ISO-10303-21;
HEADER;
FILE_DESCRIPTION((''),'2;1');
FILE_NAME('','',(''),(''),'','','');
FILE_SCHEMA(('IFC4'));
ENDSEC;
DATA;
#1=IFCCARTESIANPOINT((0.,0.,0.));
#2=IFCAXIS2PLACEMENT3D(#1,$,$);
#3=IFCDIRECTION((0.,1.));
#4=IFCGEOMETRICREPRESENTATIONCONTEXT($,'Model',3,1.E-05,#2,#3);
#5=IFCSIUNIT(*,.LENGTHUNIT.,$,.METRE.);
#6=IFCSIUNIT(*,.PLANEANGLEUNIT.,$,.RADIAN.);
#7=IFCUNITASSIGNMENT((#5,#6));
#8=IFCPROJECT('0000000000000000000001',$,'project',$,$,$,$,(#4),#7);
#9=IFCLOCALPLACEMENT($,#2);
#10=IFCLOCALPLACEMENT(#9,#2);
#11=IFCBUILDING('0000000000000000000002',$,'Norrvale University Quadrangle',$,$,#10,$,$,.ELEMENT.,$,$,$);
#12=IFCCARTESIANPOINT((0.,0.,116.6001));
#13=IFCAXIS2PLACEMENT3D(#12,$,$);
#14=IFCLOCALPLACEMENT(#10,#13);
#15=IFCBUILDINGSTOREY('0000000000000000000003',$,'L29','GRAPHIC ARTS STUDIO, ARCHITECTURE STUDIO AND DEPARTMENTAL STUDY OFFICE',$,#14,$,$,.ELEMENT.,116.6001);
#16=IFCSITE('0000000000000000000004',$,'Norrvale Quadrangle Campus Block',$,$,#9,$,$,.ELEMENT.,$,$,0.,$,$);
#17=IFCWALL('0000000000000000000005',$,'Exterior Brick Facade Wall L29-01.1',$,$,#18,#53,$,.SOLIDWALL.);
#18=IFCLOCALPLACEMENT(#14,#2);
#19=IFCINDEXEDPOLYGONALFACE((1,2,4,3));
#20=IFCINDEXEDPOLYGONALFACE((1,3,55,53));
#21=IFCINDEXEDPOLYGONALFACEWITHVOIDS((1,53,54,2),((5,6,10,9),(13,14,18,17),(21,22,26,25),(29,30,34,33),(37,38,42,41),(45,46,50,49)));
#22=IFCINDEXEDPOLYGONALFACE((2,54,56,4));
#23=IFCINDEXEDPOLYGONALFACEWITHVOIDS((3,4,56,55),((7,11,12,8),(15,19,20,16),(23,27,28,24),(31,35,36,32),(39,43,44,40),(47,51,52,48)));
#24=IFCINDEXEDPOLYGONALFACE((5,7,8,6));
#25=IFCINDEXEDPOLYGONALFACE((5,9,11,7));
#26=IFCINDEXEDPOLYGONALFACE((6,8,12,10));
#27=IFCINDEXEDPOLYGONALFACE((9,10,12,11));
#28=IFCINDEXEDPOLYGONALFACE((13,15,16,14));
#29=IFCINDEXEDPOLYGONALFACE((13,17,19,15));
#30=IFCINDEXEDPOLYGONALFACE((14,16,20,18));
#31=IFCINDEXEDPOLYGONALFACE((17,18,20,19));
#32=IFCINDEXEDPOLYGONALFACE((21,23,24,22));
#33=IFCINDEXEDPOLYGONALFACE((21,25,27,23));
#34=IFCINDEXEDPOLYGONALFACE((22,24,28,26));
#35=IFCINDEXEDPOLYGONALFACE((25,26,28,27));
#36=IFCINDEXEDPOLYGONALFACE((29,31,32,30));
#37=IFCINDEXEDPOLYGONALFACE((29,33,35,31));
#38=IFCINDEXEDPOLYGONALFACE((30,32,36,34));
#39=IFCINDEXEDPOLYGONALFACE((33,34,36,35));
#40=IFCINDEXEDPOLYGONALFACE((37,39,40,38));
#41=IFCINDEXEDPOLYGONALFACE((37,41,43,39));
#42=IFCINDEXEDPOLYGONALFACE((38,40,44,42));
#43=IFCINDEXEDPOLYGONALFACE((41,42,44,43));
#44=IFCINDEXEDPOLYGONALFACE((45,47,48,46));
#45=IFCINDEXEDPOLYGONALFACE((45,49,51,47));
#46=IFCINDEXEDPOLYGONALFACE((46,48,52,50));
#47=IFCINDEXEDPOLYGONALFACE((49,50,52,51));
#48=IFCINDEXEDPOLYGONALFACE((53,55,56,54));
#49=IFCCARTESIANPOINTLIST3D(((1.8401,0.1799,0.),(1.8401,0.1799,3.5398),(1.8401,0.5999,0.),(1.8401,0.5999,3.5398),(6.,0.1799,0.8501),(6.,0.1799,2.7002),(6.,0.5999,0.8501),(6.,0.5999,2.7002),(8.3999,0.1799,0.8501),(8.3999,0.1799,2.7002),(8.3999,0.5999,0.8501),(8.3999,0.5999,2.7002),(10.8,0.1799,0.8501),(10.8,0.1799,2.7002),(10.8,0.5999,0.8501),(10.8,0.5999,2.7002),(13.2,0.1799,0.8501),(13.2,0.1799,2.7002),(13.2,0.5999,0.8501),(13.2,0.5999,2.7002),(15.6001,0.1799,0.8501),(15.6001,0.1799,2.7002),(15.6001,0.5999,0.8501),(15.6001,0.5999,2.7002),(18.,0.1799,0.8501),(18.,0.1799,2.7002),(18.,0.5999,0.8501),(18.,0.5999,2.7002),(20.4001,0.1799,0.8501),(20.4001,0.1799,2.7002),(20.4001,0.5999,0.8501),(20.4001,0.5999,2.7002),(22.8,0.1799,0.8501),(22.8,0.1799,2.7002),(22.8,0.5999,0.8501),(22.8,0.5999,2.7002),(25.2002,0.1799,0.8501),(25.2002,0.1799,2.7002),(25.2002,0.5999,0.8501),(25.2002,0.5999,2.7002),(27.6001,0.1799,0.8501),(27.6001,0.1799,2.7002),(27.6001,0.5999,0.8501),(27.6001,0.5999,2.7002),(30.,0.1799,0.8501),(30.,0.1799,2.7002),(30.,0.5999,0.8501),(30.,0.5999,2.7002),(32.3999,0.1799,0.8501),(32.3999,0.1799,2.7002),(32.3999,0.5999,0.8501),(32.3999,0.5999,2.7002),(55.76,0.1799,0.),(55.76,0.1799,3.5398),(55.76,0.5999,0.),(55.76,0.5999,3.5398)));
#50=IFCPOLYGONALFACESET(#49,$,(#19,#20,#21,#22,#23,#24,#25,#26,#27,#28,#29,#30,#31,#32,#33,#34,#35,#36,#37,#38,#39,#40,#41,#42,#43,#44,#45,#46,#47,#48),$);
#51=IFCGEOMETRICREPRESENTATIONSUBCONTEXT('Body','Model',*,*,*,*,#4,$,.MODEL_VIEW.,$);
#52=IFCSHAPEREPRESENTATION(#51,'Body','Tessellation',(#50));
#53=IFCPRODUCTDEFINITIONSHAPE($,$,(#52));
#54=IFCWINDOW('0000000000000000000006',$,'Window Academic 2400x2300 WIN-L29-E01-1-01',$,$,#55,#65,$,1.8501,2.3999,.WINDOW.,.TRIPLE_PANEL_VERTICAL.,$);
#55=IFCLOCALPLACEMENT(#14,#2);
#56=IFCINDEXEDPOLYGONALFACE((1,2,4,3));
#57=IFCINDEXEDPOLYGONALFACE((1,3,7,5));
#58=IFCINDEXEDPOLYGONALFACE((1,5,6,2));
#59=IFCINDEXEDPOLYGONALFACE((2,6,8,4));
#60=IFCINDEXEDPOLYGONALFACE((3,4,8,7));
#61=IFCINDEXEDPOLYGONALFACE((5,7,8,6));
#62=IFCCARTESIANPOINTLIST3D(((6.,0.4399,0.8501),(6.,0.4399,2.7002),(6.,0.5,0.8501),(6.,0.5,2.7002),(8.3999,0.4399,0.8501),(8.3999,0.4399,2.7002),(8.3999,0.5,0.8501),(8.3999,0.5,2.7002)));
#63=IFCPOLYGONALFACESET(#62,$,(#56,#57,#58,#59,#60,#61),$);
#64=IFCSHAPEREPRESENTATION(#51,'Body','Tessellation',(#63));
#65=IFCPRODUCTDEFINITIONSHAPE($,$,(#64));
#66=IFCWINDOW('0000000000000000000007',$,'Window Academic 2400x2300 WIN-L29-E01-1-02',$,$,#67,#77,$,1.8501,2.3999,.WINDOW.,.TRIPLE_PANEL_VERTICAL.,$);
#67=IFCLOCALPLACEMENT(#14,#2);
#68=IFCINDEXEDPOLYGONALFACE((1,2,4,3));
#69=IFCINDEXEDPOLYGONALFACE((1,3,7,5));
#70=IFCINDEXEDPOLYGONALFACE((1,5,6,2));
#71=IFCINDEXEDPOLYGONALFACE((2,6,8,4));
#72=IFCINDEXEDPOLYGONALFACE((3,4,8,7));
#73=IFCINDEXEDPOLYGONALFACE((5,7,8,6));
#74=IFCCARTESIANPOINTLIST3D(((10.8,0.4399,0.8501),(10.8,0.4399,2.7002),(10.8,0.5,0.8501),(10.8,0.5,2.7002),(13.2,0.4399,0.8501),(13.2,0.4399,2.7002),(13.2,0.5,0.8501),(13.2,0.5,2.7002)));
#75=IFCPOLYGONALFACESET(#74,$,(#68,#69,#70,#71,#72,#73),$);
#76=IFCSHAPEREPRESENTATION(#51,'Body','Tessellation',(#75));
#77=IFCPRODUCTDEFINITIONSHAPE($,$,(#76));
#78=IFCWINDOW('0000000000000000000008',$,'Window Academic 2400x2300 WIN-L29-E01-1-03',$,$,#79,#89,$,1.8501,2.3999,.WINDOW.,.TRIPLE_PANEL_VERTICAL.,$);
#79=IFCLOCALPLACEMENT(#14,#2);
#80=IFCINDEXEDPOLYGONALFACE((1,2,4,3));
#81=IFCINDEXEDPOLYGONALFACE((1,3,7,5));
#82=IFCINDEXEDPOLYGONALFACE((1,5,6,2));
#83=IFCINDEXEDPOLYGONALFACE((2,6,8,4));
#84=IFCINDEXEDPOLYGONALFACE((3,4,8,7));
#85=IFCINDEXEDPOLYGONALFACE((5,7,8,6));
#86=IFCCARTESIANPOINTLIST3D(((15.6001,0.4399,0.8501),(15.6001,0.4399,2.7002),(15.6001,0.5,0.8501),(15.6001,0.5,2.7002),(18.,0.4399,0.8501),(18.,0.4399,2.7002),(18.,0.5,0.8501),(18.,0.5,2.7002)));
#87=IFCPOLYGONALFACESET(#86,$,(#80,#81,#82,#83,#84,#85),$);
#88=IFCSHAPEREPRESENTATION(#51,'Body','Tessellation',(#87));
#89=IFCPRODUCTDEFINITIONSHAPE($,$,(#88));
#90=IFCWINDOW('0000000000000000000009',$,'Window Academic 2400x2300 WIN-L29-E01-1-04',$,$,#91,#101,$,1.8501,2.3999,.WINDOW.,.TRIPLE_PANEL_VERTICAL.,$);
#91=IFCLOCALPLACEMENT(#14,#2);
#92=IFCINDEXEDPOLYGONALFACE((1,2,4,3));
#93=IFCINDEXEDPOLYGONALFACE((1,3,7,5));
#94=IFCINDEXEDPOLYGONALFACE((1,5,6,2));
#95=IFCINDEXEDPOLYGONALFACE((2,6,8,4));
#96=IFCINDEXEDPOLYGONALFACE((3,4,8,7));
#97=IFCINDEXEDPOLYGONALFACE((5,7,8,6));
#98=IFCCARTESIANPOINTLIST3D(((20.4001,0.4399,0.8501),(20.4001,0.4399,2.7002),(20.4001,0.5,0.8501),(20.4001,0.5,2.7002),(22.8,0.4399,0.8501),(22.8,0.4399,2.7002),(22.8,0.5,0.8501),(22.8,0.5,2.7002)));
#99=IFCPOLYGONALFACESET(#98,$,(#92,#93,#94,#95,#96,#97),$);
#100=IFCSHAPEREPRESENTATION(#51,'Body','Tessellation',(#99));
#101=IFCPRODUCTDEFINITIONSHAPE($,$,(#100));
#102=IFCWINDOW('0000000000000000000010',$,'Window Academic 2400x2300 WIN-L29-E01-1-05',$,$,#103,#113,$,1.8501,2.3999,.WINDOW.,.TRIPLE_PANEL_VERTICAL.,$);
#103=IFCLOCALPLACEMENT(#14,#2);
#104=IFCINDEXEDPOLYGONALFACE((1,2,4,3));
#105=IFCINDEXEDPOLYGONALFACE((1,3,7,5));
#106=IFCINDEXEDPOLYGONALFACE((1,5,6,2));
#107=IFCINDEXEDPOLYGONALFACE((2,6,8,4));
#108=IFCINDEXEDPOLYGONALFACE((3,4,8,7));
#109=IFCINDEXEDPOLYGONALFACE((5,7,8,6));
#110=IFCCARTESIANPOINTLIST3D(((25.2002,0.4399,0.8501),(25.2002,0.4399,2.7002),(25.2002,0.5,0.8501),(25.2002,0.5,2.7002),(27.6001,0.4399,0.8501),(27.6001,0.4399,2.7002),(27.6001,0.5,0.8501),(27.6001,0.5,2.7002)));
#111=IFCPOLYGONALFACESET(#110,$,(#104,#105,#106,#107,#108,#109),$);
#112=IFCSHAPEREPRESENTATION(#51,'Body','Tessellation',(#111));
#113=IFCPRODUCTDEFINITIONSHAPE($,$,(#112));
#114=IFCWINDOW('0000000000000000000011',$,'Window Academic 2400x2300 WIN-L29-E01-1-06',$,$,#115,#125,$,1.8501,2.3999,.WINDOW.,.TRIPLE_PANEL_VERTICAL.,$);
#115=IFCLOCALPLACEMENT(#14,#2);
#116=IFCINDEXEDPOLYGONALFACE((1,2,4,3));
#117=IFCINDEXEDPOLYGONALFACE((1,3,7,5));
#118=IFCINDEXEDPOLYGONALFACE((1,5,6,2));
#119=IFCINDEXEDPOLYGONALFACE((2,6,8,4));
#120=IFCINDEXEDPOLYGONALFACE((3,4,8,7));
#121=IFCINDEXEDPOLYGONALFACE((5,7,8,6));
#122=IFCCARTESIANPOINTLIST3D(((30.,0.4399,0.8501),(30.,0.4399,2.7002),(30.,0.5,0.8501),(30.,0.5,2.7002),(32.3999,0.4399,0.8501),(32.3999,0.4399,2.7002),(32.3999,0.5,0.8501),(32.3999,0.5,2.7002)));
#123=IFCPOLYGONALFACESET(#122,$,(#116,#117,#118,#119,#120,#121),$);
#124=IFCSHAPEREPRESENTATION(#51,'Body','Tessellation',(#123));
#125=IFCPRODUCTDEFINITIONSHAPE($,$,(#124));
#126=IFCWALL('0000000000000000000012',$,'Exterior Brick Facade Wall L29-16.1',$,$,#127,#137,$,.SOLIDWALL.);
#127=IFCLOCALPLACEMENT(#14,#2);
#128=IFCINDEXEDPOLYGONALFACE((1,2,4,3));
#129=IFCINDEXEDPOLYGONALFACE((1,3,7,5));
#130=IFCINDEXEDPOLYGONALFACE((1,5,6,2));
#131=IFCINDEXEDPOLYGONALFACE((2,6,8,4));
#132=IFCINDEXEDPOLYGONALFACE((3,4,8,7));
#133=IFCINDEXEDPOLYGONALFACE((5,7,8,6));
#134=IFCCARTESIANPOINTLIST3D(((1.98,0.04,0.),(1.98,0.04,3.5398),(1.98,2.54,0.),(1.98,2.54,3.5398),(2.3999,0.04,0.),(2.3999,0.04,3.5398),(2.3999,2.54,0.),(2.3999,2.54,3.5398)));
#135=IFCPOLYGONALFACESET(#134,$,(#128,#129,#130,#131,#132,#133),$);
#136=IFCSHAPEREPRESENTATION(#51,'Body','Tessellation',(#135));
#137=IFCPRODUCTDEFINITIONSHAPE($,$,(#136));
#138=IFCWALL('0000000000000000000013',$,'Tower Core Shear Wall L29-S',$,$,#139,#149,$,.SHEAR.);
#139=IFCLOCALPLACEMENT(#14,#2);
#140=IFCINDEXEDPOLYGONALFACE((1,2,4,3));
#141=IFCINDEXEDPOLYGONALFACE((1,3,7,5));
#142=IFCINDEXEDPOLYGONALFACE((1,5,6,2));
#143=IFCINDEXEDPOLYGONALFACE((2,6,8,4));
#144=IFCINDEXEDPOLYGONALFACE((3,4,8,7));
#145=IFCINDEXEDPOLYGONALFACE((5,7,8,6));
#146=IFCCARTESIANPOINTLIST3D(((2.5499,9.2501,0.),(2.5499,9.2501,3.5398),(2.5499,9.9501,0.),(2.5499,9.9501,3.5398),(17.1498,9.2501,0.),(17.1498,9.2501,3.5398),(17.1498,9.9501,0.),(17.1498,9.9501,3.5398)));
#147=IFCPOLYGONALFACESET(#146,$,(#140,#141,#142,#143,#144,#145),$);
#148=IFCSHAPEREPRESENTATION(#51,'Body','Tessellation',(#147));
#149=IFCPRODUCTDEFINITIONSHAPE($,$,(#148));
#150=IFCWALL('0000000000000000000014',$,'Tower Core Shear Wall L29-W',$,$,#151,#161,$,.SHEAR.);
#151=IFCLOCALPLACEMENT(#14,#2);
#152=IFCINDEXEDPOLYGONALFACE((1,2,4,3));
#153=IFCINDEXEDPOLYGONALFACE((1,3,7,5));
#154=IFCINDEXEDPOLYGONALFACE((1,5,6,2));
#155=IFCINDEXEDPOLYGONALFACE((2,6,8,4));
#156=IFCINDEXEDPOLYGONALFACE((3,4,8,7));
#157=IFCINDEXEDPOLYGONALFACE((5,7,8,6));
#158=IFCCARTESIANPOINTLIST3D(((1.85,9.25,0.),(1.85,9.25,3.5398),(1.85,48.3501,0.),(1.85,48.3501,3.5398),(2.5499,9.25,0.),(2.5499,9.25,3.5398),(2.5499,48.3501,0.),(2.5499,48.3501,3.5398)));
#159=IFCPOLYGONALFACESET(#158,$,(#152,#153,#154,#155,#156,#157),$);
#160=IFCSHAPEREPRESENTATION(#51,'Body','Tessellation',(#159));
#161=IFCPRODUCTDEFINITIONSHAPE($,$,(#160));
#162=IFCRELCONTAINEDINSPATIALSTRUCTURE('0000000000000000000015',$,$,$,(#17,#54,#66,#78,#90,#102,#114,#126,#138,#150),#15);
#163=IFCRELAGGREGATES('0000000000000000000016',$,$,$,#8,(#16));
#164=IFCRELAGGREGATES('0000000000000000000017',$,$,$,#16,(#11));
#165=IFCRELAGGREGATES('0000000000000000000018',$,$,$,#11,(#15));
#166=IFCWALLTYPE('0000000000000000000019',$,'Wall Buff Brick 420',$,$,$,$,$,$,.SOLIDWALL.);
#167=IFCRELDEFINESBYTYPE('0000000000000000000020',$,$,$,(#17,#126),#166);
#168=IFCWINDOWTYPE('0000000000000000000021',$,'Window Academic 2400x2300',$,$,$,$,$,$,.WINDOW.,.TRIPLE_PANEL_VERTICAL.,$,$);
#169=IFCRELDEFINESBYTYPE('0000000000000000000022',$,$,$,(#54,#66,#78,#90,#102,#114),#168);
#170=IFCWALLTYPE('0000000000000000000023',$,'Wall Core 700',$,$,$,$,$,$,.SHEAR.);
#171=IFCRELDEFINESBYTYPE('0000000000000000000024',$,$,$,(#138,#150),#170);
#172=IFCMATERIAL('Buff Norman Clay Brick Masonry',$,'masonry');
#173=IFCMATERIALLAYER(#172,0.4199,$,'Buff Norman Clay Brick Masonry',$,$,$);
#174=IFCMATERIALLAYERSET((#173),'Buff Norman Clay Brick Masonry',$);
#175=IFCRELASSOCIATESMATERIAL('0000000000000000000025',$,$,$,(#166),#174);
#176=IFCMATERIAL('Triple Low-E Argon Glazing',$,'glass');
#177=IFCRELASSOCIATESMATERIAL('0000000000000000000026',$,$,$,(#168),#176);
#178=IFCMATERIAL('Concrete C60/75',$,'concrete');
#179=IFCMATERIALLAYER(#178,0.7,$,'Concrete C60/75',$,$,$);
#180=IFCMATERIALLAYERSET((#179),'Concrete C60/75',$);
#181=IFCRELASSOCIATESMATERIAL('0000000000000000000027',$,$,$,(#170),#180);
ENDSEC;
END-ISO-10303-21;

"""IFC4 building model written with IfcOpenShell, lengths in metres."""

from ifc_helpers import new_model, si_unit, direction, frame, frame_2d, origin, place, context, subcontext, project, spatial, rectangle, extrude, material, layer, layer_set, type_object, element, fill, save


model = new_model("IFC4")

# Units and contexts
model_context = context("Model", 3, precision=1e-05, world=origin(), true_north=direction((0.0, 1.0)))
body_context = subcontext(model_context, "Body", "Model", "MODEL_VIEW")
ifc_project = project(units=[si_unit("LENGTHUNIT", "METRE"), si_unit("PLANEANGLEUNIT", "RADIAN")], contexts=[model_context])

# Site, building, storey
site_placement = place(None, origin())
site = spatial("IfcSite", under=ifc_project, at=site_placement, Name="Norrvale Quadrangle Campus Block", CompositionType="ELEMENT", RefElevation=0.0)
building_placement = place(site_placement, origin())
building = spatial("IfcBuilding", under=site, at=building_placement, Name="Norrvale University Quadrangle", CompositionType="ELEMENT")
storey_placement = place(building_placement, frame((0.0, 0.0, 116.6001)))
storey = spatial("IfcBuildingStorey", under=building, at=storey_placement, Name="L29", Description="GRAPHIC ARTS STUDIO, ARCHITECTURE STUDIO AND DEPARTMENTAL STUDY OFFICE", CompositionType="ELEMENT", Elevation=116.6001)

# Shared definitions
ifc_material_1 = material(Name="Concrete C60/75", Category="concrete")

# Wall, openings, windows
ifc_material_2 = material(Name="Buff Norman Clay Brick Masonry", Category="masonry")
ifc_layer_1 = layer(ifc_material_2, 0.4199, Name="Buff Norman Clay Brick Masonry")
ifc_layer_set_1 = layer_set([ifc_layer_1], Name="Buff Norman Clay Brick Masonry")
wall_type_1 = type_object("IfcWallType", Name="Wall Buff Brick 420", PredefinedType="SOLIDWALL", material=ifc_layer_set_1)
wall_1_placement = place(storey_placement, frame((1.8401, 0.3899, 0.0), z_axis=(0.0, 0.0, 1.0), x_axis=(1.0, 0.0, 0.0)))
wall_1 = element("IfcWall", 1, at=wall_1_placement, inside=storey, type_object=wall_type_1, Name="Exterior Brick Facade Wall L29-01.1", PredefinedType="SOLIDWALL", context=body_context, shape_type="SweptSolid", body=[
    extrude(rectangle(XDim=53.9199, YDim=0.4199, at=frame_2d((26.96, 0.0))), origin(), (0.0, 0.0, 1.0), 3.5398),
])
opening_1_placement = place(wall_1_placement, frame((4.1599, 0.0, 0.8501)))
opening_1 = element("IfcOpeningElement", 2, at=opening_1_placement, cuts=wall_1, PredefinedType="OPENING", context=body_context, shape_type="SweptSolid", body=[
    extrude(rectangle(XDim=2.3999, YDim=1.8501, at=frame_2d((1.2, 0.925))), frame((0.0, 0.2219, 0.0), z_axis=(0.0, -1.0, 0.0), x_axis=(1.0, 0.0, 0.0)), (0.0, 0.0, 1.0), 0.4438),
])
opening_2_placement = place(wall_1_placement, frame((8.96, 0.0, 0.8501)))
opening_2 = element("IfcOpeningElement", 3, at=opening_2_placement, cuts=wall_1, PredefinedType="OPENING", context=body_context, shape_type="SweptSolid", body=[
    extrude(rectangle(XDim=2.3999, YDim=1.8501, at=frame_2d((1.2, 0.925))), frame((0.0, 0.2219, 0.0), z_axis=(0.0, -1.0, 0.0), x_axis=(1.0, 0.0, 0.0)), (0.0, 0.0, 1.0), 0.4438),
])
opening_3_placement = place(wall_1_placement, frame((13.76, 0.0, 0.8501)))
opening_3 = element("IfcOpeningElement", 4, at=opening_3_placement, cuts=wall_1, PredefinedType="OPENING", context=body_context, shape_type="SweptSolid", body=[
    extrude(rectangle(XDim=2.3999, YDim=1.8501, at=frame_2d((1.2, 0.925))), frame((0.0, 0.2219, 0.0), z_axis=(0.0, -1.0, 0.0), x_axis=(1.0, 0.0, 0.0)), (0.0, 0.0, 1.0), 0.4438),
])
opening_4_placement = place(wall_1_placement, frame((18.5601, 0.0, 0.8501)))
opening_4 = element("IfcOpeningElement", 5, at=opening_4_placement, cuts=wall_1, PredefinedType="OPENING", context=body_context, shape_type="SweptSolid", body=[
    extrude(rectangle(XDim=2.3999, YDim=1.8501, at=frame_2d((1.2, 0.925))), frame((0.0, 0.2219, 0.0), z_axis=(0.0, -1.0, 0.0), x_axis=(1.0, 0.0, 0.0)), (0.0, 0.0, 1.0), 0.4438),
])
opening_5_placement = place(wall_1_placement, frame((23.3601, 0.0, 0.8501)))
opening_5 = element("IfcOpeningElement", 6, at=opening_5_placement, cuts=wall_1, PredefinedType="OPENING", context=body_context, shape_type="SweptSolid", body=[
    extrude(rectangle(XDim=2.3999, YDim=1.8501, at=frame_2d((1.2, 0.925))), frame((0.0, 0.2219, 0.0), z_axis=(0.0, -1.0, 0.0), x_axis=(1.0, 0.0, 0.0)), (0.0, 0.0, 1.0), 0.4438),
])
opening_6_placement = place(wall_1_placement, frame((28.1599, 0.0, 0.8501)))
opening_6 = element("IfcOpeningElement", 7, at=opening_6_placement, cuts=wall_1, PredefinedType="OPENING", context=body_context, shape_type="SweptSolid", body=[
    extrude(rectangle(XDim=2.3999, YDim=1.8501, at=frame_2d((1.2, 0.925))), frame((0.0, 0.2219, 0.0), z_axis=(0.0, -1.0, 0.0), x_axis=(1.0, 0.0, 0.0)), (0.0, 0.0, 1.0), 0.4438),
])
ifc_material_3 = material(Name="Triple Low-E Argon Glazing", Category="glass")
window_type = type_object("IfcWindowType", Name="Window Academic 2400x2300", PartitioningType="TRIPLE_PANEL_VERTICAL", PredefinedType="WINDOW", material=ifc_material_3)
window_1_placement = place(opening_1_placement, origin())
window_1 = element("IfcWindow", 8, at=window_1_placement, inside=storey, type_object=window_type, Name="Window Academic 2400x2300 WIN-L29-E01-1-01", OverallHeight=1.8501, OverallWidth=2.3999, PartitioningType="TRIPLE_PANEL_VERTICAL", PredefinedType="WINDOW", context=body_context, shape_type="SweptSolid", body=[
    extrude(rectangle(XDim=2.3999, YDim=1.8501, at=frame_2d((1.2, 0.925))), frame((0.0, 0.1101, 0.0), z_axis=(0.0, -1.0, 0.0), x_axis=(1.0, 0.0, 0.0)), (0.0, 0.0, 1.0), 0.0601),
])
fill(opening_1, window_1)
window_2_placement = place(opening_2_placement, origin())
window_2 = element("IfcWindow", 9, at=window_2_placement, inside=storey, type_object=window_type, Name="Window Academic 2400x2300 WIN-L29-E01-1-02", OverallHeight=1.8501, OverallWidth=2.3999, PartitioningType="TRIPLE_PANEL_VERTICAL", PredefinedType="WINDOW", context=body_context, shape_type="SweptSolid", body=[
    extrude(rectangle(XDim=2.3999, YDim=1.8501, at=frame_2d((1.2, 0.925))), frame((0.0, 0.1101, 0.0), z_axis=(0.0, -1.0, 0.0), x_axis=(1.0, 0.0, 0.0)), (0.0, 0.0, 1.0), 0.0601),
])
fill(opening_2, window_2)
window_3_placement = place(opening_3_placement, origin())
window_3 = element("IfcWindow", 10, at=window_3_placement, inside=storey, type_object=window_type, Name="Window Academic 2400x2300 WIN-L29-E01-1-03", OverallHeight=1.8501, OverallWidth=2.3999, PartitioningType="TRIPLE_PANEL_VERTICAL", PredefinedType="WINDOW", context=body_context, shape_type="SweptSolid", body=[
    extrude(rectangle(XDim=2.3999, YDim=1.8501, at=frame_2d((1.2, 0.925))), frame((0.0, 0.1101, 0.0), z_axis=(0.0, -1.0, 0.0), x_axis=(1.0, 0.0, 0.0)), (0.0, 0.0, 1.0), 0.0601),
])
fill(opening_3, window_3)
window_4_placement = place(opening_4_placement, origin())
window_4 = element("IfcWindow", 11, at=window_4_placement, inside=storey, type_object=window_type, Name="Window Academic 2400x2300 WIN-L29-E01-1-04", OverallHeight=1.8501, OverallWidth=2.3999, PartitioningType="TRIPLE_PANEL_VERTICAL", PredefinedType="WINDOW", context=body_context, shape_type="SweptSolid", body=[
    extrude(rectangle(XDim=2.3999, YDim=1.8501, at=frame_2d((1.2, 0.925))), frame((0.0, 0.1101, 0.0), z_axis=(0.0, -1.0, 0.0), x_axis=(1.0, 0.0, 0.0)), (0.0, 0.0, 1.0), 0.0601),
])
fill(opening_4, window_4)
window_5_placement = place(opening_5_placement, origin())
window_5 = element("IfcWindow", 12, at=window_5_placement, inside=storey, type_object=window_type, Name="Window Academic 2400x2300 WIN-L29-E01-1-05", OverallHeight=1.8501, OverallWidth=2.3999, PartitioningType="TRIPLE_PANEL_VERTICAL", PredefinedType="WINDOW", context=body_context, shape_type="SweptSolid", body=[
    extrude(rectangle(XDim=2.3999, YDim=1.8501, at=frame_2d((1.2, 0.925))), frame((0.0, 0.1101, 0.0), z_axis=(0.0, -1.0, 0.0), x_axis=(1.0, 0.0, 0.0)), (0.0, 0.0, 1.0), 0.0601),
])
fill(opening_5, window_5)
window_6_placement = place(opening_6_placement, origin())
window_6 = element("IfcWindow", 13, at=window_6_placement, inside=storey, type_object=window_type, Name="Window Academic 2400x2300 WIN-L29-E01-1-06", OverallHeight=1.8501, OverallWidth=2.3999, PartitioningType="TRIPLE_PANEL_VERTICAL", PredefinedType="WINDOW", context=body_context, shape_type="SweptSolid", body=[
    extrude(rectangle(XDim=2.3999, YDim=1.8501, at=frame_2d((1.2, 0.925))), frame((0.0, 0.1101, 0.0), z_axis=(0.0, -1.0, 0.0), x_axis=(1.0, 0.0, 0.0)), (0.0, 0.0, 1.0), 0.0601),
])
fill(opening_6, window_6)

# Walls
wall_2_placement = place(storey_placement, frame((2.1899, 2.54, 0.0), z_axis=(0.0, 0.0, 1.0), x_axis=(0.0, -1.0, 0.0)))
element("IfcWall", 14, at=wall_2_placement, inside=storey, type_object=wall_type_1, Name="Exterior Brick Facade Wall L29-16.1", PredefinedType="SOLIDWALL", context=body_context, shape_type="SweptSolid", body=[
    extrude(rectangle(XDim=2.5, YDim=0.4199, at=frame_2d((1.25, 0.0))), origin(), (0.0, 0.0, 1.0), 3.5398),
])
ifc_layer_2 = layer(ifc_material_1, 0.7, Name="Concrete C60/75")
ifc_layer_set_2 = layer_set([ifc_layer_2], Name="Concrete C60/75")
wall_type_2 = type_object("IfcWallType", Name="Wall Core 700", PredefinedType="SHEAR", material=ifc_layer_set_2)
wall_3_placement = place(storey_placement, frame((2.55, 9.6001, 0.0), z_axis=(0.0, 0.0, 1.0), x_axis=(1.0, 0.0, 0.0)))
element("IfcWall", 15, at=wall_3_placement, inside=storey, type_object=wall_type_2, Name="Tower Core Shear Wall L29-S", PredefinedType="SHEAR", context=body_context, shape_type="SweptSolid", body=[
    extrude(rectangle(XDim=14.5999, YDim=0.7, at=frame_2d((7.2998, 0.0))), origin(), (0.0, 0.0, 1.0), 3.5398),
])
wall_4_placement = place(storey_placement, frame((2.2, 9.25, 0.0), z_axis=(0.0, 0.0, 1.0), x_axis=(0.0, 1.0, 0.0)))
element("IfcWall", 16, at=wall_4_placement, inside=storey, type_object=wall_type_2, Name="Tower Core Shear Wall L29-W", PredefinedType="SHEAR", context=body_context, shape_type="SweptSolid", body=[
    extrude(rectangle(XDim=39.1001, YDim=0.7, at=frame_2d((19.55, 0.0))), origin(), (0.0, 0.0, 1.0), 3.5398),
])

save(model, "model.ifc")
